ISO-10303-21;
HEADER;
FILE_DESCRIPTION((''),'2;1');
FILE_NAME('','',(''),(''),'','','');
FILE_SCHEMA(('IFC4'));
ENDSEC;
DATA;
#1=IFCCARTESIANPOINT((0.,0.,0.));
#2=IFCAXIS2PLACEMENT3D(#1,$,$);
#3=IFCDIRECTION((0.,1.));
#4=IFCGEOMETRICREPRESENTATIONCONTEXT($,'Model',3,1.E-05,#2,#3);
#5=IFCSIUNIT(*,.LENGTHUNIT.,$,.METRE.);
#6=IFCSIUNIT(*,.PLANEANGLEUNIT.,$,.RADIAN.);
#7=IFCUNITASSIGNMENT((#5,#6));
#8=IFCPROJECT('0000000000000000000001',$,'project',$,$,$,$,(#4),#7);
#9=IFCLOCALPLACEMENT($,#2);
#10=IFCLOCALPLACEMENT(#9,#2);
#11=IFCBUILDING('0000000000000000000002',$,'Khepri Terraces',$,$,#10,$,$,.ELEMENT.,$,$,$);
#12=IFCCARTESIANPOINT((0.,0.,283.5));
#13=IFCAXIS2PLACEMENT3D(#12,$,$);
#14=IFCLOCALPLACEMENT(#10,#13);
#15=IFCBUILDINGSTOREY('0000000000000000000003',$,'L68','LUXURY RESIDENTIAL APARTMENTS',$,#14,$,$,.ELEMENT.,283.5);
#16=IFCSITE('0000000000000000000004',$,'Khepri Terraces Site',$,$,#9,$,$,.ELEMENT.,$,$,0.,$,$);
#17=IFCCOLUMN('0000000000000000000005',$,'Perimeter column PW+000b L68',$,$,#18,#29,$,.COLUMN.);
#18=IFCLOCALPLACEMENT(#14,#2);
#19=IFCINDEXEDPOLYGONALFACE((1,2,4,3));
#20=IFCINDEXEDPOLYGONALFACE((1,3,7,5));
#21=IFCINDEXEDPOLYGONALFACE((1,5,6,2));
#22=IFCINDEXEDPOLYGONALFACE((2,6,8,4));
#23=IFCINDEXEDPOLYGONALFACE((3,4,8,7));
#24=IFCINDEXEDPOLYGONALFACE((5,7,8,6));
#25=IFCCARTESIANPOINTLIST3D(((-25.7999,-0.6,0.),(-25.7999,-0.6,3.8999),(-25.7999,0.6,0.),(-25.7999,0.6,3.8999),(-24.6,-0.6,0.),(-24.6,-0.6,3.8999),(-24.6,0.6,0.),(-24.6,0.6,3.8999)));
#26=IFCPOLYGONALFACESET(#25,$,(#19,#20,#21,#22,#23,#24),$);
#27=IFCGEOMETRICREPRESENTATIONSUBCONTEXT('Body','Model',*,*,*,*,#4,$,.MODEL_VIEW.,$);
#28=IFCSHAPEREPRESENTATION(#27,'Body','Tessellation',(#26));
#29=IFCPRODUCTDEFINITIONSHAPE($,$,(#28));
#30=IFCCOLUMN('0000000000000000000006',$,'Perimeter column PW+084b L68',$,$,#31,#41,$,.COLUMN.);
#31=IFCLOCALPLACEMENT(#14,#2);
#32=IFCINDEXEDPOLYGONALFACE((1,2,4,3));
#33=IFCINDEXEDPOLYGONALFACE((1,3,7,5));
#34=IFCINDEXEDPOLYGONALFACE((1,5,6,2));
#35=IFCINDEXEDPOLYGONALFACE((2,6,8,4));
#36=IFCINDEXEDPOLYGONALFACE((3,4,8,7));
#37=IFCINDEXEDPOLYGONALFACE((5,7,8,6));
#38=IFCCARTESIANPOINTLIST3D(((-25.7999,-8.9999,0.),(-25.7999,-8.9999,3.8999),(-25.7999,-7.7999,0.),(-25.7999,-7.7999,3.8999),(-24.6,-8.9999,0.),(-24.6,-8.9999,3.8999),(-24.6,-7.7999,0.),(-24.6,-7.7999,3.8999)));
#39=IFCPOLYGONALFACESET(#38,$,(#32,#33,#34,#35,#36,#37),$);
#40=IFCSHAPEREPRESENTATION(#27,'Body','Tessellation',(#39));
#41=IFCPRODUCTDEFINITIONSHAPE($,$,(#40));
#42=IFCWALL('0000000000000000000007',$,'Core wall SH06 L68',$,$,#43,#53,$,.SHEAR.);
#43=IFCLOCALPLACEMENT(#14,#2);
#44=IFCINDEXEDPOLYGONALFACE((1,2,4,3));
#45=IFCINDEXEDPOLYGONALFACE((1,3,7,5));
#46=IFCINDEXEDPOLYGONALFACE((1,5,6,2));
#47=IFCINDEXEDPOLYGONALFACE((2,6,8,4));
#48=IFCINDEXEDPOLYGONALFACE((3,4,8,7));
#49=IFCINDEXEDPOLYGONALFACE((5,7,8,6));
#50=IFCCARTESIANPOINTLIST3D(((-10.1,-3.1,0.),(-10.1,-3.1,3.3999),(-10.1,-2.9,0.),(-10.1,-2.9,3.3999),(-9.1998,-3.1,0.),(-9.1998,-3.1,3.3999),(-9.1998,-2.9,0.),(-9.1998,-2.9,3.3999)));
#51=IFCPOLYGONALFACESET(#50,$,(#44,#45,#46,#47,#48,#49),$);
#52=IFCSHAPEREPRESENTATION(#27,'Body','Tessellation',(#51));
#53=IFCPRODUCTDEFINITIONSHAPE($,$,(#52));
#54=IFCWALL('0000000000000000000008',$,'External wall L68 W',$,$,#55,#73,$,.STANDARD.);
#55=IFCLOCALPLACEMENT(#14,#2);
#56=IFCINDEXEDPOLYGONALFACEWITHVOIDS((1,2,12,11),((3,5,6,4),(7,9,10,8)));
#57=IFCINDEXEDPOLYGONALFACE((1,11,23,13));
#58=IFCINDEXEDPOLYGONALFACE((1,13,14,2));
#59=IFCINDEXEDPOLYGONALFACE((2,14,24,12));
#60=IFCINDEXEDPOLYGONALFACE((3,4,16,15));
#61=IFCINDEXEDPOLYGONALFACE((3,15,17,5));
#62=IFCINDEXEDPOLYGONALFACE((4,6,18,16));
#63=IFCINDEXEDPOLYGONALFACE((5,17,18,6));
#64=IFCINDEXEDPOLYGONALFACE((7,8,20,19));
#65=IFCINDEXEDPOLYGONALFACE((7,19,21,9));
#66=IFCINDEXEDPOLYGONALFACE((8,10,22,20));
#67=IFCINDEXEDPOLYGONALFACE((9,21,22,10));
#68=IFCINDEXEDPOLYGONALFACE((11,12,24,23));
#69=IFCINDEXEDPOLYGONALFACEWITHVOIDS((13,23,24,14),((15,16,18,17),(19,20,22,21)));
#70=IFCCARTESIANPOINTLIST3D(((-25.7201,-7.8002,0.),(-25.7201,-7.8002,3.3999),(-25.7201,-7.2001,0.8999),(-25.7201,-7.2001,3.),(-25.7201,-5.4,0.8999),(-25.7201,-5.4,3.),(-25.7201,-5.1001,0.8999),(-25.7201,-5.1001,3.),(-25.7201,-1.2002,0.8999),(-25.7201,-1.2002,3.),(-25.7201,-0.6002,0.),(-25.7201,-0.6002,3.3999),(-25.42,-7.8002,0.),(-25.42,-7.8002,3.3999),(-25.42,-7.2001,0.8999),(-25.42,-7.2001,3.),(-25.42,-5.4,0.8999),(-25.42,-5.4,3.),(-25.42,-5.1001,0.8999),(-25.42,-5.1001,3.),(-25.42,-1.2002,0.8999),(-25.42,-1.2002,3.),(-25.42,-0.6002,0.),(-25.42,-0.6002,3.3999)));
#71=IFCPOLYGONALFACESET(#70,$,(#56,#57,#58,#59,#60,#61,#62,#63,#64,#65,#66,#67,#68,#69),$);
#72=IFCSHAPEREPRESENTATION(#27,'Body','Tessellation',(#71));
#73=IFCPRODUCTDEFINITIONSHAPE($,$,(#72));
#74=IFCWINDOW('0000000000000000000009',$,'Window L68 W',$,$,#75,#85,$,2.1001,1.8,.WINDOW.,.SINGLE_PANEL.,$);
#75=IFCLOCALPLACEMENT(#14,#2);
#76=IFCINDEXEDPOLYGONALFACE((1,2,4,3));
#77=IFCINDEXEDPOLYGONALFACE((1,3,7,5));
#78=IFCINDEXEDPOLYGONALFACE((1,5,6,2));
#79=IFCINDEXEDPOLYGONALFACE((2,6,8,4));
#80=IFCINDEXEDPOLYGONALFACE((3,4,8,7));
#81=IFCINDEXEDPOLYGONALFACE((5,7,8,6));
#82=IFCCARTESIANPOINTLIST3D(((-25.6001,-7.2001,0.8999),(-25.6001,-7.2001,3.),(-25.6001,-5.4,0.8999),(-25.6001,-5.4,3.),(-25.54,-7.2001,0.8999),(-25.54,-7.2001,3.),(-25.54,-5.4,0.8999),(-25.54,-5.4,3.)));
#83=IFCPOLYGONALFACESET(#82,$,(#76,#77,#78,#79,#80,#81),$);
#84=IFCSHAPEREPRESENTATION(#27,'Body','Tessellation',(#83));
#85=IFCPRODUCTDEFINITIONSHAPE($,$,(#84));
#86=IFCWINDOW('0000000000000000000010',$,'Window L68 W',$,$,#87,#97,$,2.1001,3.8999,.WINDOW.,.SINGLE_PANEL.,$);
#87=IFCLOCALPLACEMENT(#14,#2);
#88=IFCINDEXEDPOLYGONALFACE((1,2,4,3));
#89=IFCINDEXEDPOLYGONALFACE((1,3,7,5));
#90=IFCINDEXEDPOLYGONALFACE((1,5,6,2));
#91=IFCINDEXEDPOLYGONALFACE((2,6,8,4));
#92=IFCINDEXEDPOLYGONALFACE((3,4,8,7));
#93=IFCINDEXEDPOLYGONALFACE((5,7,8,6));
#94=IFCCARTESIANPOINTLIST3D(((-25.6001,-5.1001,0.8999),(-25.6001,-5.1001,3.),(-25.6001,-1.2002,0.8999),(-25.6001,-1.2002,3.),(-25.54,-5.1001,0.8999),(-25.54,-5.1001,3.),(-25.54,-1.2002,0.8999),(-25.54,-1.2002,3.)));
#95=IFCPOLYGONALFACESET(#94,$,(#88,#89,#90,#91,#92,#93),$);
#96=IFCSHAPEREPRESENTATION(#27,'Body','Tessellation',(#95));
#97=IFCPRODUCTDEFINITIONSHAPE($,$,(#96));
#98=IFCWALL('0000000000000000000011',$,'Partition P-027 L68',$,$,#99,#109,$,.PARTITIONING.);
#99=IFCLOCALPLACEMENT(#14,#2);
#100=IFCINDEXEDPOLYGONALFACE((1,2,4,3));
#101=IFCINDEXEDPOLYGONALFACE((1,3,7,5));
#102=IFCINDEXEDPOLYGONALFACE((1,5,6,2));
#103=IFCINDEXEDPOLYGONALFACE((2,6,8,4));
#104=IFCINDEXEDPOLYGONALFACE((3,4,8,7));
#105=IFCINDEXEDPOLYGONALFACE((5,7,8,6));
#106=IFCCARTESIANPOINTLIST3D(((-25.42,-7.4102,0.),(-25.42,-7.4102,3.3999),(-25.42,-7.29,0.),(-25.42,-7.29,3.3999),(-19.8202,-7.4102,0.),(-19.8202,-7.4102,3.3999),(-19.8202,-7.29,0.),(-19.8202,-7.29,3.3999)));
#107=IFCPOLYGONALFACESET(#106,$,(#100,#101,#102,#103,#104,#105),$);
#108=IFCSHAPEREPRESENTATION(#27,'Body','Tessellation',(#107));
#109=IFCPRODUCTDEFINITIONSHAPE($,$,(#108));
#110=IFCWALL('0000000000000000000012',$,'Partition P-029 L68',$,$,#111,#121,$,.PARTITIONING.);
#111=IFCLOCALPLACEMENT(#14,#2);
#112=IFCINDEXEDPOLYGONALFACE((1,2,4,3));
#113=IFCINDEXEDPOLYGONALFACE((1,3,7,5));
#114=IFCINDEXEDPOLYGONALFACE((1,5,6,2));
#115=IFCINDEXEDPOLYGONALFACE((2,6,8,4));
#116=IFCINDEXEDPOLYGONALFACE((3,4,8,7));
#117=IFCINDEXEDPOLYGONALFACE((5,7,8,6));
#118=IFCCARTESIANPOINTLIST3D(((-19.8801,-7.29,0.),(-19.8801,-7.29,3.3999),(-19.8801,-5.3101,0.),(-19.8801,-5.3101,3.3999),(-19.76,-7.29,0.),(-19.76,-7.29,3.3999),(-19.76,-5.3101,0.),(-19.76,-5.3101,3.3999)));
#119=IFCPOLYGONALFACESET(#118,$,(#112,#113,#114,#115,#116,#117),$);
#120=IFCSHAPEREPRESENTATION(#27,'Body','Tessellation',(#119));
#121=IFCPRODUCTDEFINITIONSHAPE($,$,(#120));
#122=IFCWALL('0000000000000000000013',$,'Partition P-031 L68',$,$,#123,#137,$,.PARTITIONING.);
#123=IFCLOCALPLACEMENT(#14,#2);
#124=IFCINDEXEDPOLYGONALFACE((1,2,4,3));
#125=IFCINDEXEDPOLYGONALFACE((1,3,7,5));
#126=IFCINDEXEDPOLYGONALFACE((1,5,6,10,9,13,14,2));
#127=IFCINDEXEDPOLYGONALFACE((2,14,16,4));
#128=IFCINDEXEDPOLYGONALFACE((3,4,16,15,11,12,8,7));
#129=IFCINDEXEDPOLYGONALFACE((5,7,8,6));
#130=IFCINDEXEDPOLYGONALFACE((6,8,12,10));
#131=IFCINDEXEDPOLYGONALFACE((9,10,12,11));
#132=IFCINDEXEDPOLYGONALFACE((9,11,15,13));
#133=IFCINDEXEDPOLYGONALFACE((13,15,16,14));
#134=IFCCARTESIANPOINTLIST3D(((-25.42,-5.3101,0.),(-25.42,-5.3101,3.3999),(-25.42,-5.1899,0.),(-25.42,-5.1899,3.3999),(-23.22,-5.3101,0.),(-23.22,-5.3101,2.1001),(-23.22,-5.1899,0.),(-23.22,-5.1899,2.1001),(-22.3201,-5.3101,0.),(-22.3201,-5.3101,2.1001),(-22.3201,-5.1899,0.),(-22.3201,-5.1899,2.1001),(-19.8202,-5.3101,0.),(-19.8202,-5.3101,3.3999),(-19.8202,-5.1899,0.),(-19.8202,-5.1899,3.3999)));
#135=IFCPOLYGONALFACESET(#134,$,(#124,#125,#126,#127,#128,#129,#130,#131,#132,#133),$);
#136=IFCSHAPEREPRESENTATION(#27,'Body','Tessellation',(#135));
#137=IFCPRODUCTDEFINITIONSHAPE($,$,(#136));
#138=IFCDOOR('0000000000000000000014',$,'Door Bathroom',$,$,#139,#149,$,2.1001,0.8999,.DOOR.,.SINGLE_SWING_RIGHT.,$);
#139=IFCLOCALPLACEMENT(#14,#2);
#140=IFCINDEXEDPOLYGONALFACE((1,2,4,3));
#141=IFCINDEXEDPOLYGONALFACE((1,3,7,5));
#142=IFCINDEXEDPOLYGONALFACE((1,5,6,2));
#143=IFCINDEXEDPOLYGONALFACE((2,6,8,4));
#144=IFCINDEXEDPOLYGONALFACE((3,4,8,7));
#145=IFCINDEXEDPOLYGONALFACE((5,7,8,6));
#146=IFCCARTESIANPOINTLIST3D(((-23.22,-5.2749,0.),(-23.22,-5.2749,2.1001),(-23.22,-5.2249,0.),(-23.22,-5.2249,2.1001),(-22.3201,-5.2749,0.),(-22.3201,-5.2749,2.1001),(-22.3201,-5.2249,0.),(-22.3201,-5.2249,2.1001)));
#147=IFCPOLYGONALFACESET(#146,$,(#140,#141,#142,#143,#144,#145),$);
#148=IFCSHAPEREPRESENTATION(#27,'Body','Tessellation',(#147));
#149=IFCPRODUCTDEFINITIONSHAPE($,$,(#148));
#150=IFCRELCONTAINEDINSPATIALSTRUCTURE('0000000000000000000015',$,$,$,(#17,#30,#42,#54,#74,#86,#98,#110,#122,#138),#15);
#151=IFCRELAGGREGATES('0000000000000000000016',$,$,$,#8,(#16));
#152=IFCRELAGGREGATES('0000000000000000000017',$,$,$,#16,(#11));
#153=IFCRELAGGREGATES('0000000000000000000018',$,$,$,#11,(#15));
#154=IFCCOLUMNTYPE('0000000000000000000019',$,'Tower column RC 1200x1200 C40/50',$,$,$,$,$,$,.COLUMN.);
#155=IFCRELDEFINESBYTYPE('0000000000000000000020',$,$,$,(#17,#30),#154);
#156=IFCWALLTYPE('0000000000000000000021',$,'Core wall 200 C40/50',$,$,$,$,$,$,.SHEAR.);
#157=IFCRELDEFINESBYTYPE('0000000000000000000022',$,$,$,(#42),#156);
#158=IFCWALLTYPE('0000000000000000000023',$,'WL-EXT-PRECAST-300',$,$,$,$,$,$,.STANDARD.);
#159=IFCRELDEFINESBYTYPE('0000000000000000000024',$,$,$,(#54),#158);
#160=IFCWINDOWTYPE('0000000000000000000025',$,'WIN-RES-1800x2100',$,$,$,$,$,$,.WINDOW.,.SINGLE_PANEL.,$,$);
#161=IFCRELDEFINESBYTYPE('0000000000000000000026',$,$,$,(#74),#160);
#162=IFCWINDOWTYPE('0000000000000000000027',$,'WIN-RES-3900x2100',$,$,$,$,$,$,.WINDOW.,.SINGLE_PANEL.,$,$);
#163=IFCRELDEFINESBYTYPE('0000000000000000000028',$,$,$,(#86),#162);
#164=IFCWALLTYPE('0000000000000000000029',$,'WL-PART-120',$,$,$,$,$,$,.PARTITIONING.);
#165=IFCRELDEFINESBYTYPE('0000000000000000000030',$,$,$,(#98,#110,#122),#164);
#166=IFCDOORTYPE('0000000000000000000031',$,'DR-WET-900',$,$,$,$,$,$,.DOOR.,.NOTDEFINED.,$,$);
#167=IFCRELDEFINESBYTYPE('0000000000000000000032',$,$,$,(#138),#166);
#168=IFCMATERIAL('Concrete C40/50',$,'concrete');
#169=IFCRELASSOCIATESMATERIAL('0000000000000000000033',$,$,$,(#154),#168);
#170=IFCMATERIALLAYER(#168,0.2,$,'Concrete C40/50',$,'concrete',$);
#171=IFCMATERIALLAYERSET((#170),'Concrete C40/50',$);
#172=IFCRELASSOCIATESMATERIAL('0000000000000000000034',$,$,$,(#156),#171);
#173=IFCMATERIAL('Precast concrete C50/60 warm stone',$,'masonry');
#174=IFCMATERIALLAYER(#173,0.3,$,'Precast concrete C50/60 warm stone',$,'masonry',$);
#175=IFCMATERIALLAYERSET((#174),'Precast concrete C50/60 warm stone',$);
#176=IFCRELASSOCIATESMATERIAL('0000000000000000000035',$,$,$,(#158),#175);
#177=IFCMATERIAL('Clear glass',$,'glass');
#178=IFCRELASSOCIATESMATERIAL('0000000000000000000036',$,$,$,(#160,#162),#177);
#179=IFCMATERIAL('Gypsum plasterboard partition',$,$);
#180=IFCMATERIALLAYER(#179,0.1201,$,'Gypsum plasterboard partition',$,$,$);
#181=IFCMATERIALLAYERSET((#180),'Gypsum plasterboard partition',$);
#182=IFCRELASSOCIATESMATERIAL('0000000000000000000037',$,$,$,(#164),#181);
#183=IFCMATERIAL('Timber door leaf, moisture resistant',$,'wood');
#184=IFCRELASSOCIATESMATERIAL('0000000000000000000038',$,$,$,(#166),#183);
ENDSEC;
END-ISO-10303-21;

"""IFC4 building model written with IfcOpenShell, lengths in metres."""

from ifc_helpers import new_model, si_unit, direction, frame, frame_2d, origin, origin_2d, place, context, subcontext, project, spatial, rectangle, extrude, material, layer, layer_set, material_profile, profile_set, type_object, element, fill, save


model = new_model("IFC4")

# Units and contexts
model_context = context("Model", 3, precision=1e-05, world=origin(), true_north=direction((0.0, 1.0)))
body_context = subcontext(model_context, "Body", "Model", "MODEL_VIEW")
ifc_project = project(units=[si_unit("LENGTHUNIT", "METRE"), si_unit("PLANEANGLEUNIT", "RADIAN")], contexts=[model_context])

# Site, building, storey
site_placement = place(None, origin())
site = spatial("IfcSite", under=ifc_project, at=site_placement, Name="Khepri Terraces Site", CompositionType="ELEMENT", RefElevation=0.0)
building_placement = place(site_placement, origin())
building = spatial("IfcBuilding", under=site, at=building_placement, Name="Khepri Terraces", CompositionType="ELEMENT")
storey_placement = place(building_placement, frame((0.0, 0.0, 283.5)))
storey = spatial("IfcBuildingStorey", under=building, at=storey_placement, Name="L68", Description="LUXURY RESIDENTIAL APARTMENTS", CompositionType="ELEMENT", Elevation=283.5)

# Columns
ifc_material_1 = material(Name="Concrete C40/50", Category="concrete")
ifc_material_profile = material_profile(ifc_material_1, rectangle(XDim=1.2, YDim=1.2, at=origin_2d()), Name="Concrete C40/50", Category="concrete")
ifc_profile_set = profile_set([ifc_material_profile], Name="Concrete C40/50")
column_type = type_object("IfcColumnType", Name="Tower column RC 1200x1200 C40/50", PredefinedType="COLUMN", material=ifc_profile_set)
for number, where, z_axis, x_axis, name in (
    (1, (-25.2, 0.0, 0.0), (0.0, 0.0, 1.0), (1.0, 0.0, 0.0), "Perimeter column PW+000b L68"),
    (2, (-25.2, -8.3999, 0.0), (0.0, 0.0, 1.0), (1.0, 0.0, 0.0), "Perimeter column PW+084b L68"),
):
    element("IfcColumn", number, at=place(storey_placement, frame(where, z_axis=z_axis, x_axis=x_axis)), inside=storey, type_object=column_type, Name=name, PredefinedType="COLUMN", context=body_context, shape_type="SweptSolid", body=[
        extrude(rectangle(XDim=1.2, YDim=1.2, at=origin_2d()), origin(), (0.0, 0.0, 1.0), 3.8999),
    ])

# Wall
ifc_layer_1 = layer(ifc_material_1, 0.2, Name="Concrete C40/50", Category="concrete")
ifc_layer_set_1 = layer_set([ifc_layer_1], Name="Concrete C40/50")
wall_type_1 = type_object("IfcWallType", Name="Core wall 200 C40/50", PredefinedType="SHEAR", material=ifc_layer_set_1)
wall_1_placement = place(storey_placement, frame((-10.1001, -3.0, 0.0), z_axis=(0.0, 0.0, 1.0), x_axis=(1.0, 0.0, 0.0)))
element("IfcWall", 3, at=wall_1_placement, inside=storey, type_object=wall_type_1, Name="Core wall SH06 L68", PredefinedType="SHEAR", context=body_context, shape_type="SweptSolid", body=[
    extrude(rectangle(XDim=0.9001, YDim=0.2, at=frame_2d((0.4502, 0.0))), origin(), (0.0, 0.0, 1.0), 3.3999),
])

# Wall, openings, windows
ifc_material_2 = material(Name="Precast concrete C50/60 warm stone", Category="masonry")
ifc_layer_2 = layer(ifc_material_2, 0.3, Name="Precast concrete C50/60 warm stone", Category="masonry")
ifc_layer_set_2 = layer_set([ifc_layer_2], Name="Precast concrete C50/60 warm stone")
wall_type_2 = type_object("IfcWallType", Name="WL-EXT-PRECAST-300", PredefinedType="STANDARD", material=ifc_layer_set_2)
wall_2_placement = place(storey_placement, frame((-25.5701, -0.6001, 0.0), z_axis=(0.0, 0.0, 1.0), x_axis=(0.0, -1.0, 0.0)))
wall_2 = element("IfcWall", 4, at=wall_2_placement, inside=storey, type_object=wall_type_2, Name="External wall L68 W", PredefinedType="STANDARD", context=body_context, shape_type="SweptSolid", body=[
    extrude(rectangle(XDim=7.2, YDim=0.3, at=frame_2d((3.6001, 0.0))), origin(), (0.0, 0.0, 1.0), 3.3999),
])
opening_1_placement = place(wall_2_placement, frame((0.6001, 0.0, 0.8999)))
opening_1 = element("IfcOpeningElement", 5, at=opening_1_placement, cuts=wall_2, PredefinedType="OPENING", context=body_context, shape_type="SweptSolid", body=[
    extrude(rectangle(XDim=3.8999, YDim=2.1001, at=frame_2d((1.95, 1.05))), frame((0.0, 0.1602, 0.0), z_axis=(0.0, -1.0, 0.0), x_axis=(1.0, 0.0, 0.0)), (0.0, 0.0, 1.0), 0.3201),
])
opening_2_placement = place(wall_2_placement, frame((4.8, 0.0, 0.8999)))
opening_2 = element("IfcOpeningElement", 6, at=opening_2_placement, cuts=wall_2, PredefinedType="OPENING", context=body_context, shape_type="SweptSolid", body=[
    extrude(rectangle(XDim=1.8, YDim=2.1001, at=frame_2d((0.8999, 1.05))), frame((0.0, 0.1602, 0.0), z_axis=(0.0, -1.0, 0.0), x_axis=(1.0, 0.0, 0.0)), (0.0, 0.0, 1.0), 0.3201),
])
ifc_material_3 = material(Name="Clear glass", Category="glass")
window_type_1 = type_object("IfcWindowType", Name="WIN-RES-1800x2100", PartitioningType="SINGLE_PANEL", PredefinedType="WINDOW", material=ifc_material_3)
window_1_placement = place(opening_2_placement, origin())
window_1 = element("IfcWindow", 7, at=window_1_placement, inside=storey, type_object=window_type_1, Name="Window L68 W", OverallHeight=2.1001, OverallWidth=1.8, PartitioningType="SINGLE_PANEL", PredefinedType="WINDOW", context=body_context, shape_type="SweptSolid", body=[
    extrude(rectangle(XDim=1.8, YDim=2.1001, at=frame_2d((0.8999, 1.05))), frame((0.0, 0.03, 0.0), z_axis=(0.0, -1.0, 0.0), x_axis=(1.0, 0.0, 0.0)), (0.0, 0.0, 1.0), 0.0601),
])
fill(opening_2, window_1)
window_type_2 = type_object("IfcWindowType", Name="WIN-RES-3900x2100", PartitioningType="SINGLE_PANEL", PredefinedType="WINDOW", material=ifc_material_3)
window_2_placement = place(opening_1_placement, origin())
window_2 = element("IfcWindow", 8, at=window_2_placement, inside=storey, type_object=window_type_2, Name="Window L68 W", OverallHeight=2.1001, OverallWidth=3.8999, PartitioningType="SINGLE_PANEL", PredefinedType="WINDOW", context=body_context, shape_type="SweptSolid", body=[
    extrude(rectangle(XDim=3.8999, YDim=2.1001, at=frame_2d((1.95, 1.05))), frame((0.0, 0.03, 0.0), z_axis=(0.0, -1.0, 0.0), x_axis=(1.0, 0.0, 0.0)), (0.0, 0.0, 1.0), 0.0601),
])
fill(opening_1, window_2)

# Walls
ifc_material_4 = material(Name="Gypsum plasterboard partition")
ifc_layer_3 = layer(ifc_material_4, 0.1201, Name="Gypsum plasterboard partition")
ifc_layer_set_3 = layer_set([ifc_layer_3], Name="Gypsum plasterboard partition")
wall_type_3 = type_object("IfcWallType", Name="WL-PART-120", PredefinedType="PARTITIONING", material=ifc_layer_set_3)
wall_3_placement = place(storey_placement, frame((-25.4199, -7.3501, 0.0), z_axis=(0.0, 0.0, 1.0), x_axis=(1.0, 0.0, 0.0)))
element("IfcWall", 9, at=wall_3_placement, inside=storey, type_object=wall_type_3, Name="Partition P-027 L68", PredefinedType="PARTITIONING", context=body_context, shape_type="SweptSolid", body=[
    extrude(rectangle(XDim=5.5999, YDim=0.1201, at=frame_2d((2.7998, 0.0))), origin(), (0.0, 0.0, 1.0), 3.3999),
])
wall_4_placement = place(storey_placement, frame((-19.8201, -7.29, 0.0), z_axis=(0.0, 0.0, 1.0), x_axis=(0.0, 1.0, 0.0)))
element("IfcWall", 10, at=wall_4_placement, inside=storey, type_object=wall_type_3, Name="Partition P-029 L68", PredefinedType="PARTITIONING", context=body_context, shape_type="SweptSolid", body=[
    extrude(rectangle(XDim=1.98, YDim=0.1201, at=frame_2d((0.99, 0.0))), origin(), (0.0, 0.0, 1.0), 3.3999),
])

# Wall, opening, door
wall_5_placement = place(storey_placement, frame((-25.4199, -5.25, 0.0), z_axis=(0.0, 0.0, 1.0), x_axis=(1.0, 0.0, 0.0)))
wall_5 = element("IfcWall", 11, at=wall_5_placement, inside=storey, type_object=wall_type_3, Name="Partition P-031 L68", PredefinedType="PARTITIONING", context=body_context, shape_type="SweptSolid", body=[
    extrude(rectangle(XDim=5.5999, YDim=0.1201, at=frame_2d((2.7998, 0.0))), origin(), (0.0, 0.0, 1.0), 3.3999),
])
opening_3_placement = place(wall_5_placement, frame((2.2, 0.0, 0.0)))
opening_3 = element("IfcOpeningElement", 12, at=opening_3_placement, cuts=wall_5, PredefinedType="OPENING", context=body_context, shape_type="SweptSolid", body=[
    extrude(rectangle(XDim=0.8999, YDim=2.1001, at=frame_2d((0.45, 1.05))), frame((0.0, 0.0701, 0.0), z_axis=(0.0, -1.0, 0.0), x_axis=(1.0, 0.0, 0.0)), (0.0, 0.0, 1.0), 0.1401),
])
ifc_material_5 = material(Name="Timber door leaf, moisture resistant", Category="wood")
door_type_1 = type_object("IfcDoorType", Name="DR-WET-900", OperationType="NOTDEFINED", PredefinedType="DOOR", material=ifc_material_5)
door_1_placement = place(opening_3_placement, frame((0.8999, 0.0, 0.0), z_axis=(0.0, 0.0, 1.0), x_axis=(-1.0, 0.0, 0.0)))
door_1 = element("IfcDoor", 13, at=door_1_placement, inside=storey, type_object=door_type_1, Name="Door Bathroom", OperationType="SINGLE_SWING_RIGHT", OverallHeight=2.1001, OverallWidth=0.8999, PredefinedType="DOOR", context=body_context, shape_type="SweptSolid", body=[
    extrude(rectangle(XDim=0.8999, YDim=2.1001, at=frame_2d((0.45, 1.05))), frame((0.0, 0.0249, 0.0), z_axis=(0.0, -1.0, 0.0), x_axis=(1.0, 0.0, 0.0)), (0.0, 0.0, 1.0), 0.05),
])
fill(opening_3, door_1)

save(model, "model.ifc")
